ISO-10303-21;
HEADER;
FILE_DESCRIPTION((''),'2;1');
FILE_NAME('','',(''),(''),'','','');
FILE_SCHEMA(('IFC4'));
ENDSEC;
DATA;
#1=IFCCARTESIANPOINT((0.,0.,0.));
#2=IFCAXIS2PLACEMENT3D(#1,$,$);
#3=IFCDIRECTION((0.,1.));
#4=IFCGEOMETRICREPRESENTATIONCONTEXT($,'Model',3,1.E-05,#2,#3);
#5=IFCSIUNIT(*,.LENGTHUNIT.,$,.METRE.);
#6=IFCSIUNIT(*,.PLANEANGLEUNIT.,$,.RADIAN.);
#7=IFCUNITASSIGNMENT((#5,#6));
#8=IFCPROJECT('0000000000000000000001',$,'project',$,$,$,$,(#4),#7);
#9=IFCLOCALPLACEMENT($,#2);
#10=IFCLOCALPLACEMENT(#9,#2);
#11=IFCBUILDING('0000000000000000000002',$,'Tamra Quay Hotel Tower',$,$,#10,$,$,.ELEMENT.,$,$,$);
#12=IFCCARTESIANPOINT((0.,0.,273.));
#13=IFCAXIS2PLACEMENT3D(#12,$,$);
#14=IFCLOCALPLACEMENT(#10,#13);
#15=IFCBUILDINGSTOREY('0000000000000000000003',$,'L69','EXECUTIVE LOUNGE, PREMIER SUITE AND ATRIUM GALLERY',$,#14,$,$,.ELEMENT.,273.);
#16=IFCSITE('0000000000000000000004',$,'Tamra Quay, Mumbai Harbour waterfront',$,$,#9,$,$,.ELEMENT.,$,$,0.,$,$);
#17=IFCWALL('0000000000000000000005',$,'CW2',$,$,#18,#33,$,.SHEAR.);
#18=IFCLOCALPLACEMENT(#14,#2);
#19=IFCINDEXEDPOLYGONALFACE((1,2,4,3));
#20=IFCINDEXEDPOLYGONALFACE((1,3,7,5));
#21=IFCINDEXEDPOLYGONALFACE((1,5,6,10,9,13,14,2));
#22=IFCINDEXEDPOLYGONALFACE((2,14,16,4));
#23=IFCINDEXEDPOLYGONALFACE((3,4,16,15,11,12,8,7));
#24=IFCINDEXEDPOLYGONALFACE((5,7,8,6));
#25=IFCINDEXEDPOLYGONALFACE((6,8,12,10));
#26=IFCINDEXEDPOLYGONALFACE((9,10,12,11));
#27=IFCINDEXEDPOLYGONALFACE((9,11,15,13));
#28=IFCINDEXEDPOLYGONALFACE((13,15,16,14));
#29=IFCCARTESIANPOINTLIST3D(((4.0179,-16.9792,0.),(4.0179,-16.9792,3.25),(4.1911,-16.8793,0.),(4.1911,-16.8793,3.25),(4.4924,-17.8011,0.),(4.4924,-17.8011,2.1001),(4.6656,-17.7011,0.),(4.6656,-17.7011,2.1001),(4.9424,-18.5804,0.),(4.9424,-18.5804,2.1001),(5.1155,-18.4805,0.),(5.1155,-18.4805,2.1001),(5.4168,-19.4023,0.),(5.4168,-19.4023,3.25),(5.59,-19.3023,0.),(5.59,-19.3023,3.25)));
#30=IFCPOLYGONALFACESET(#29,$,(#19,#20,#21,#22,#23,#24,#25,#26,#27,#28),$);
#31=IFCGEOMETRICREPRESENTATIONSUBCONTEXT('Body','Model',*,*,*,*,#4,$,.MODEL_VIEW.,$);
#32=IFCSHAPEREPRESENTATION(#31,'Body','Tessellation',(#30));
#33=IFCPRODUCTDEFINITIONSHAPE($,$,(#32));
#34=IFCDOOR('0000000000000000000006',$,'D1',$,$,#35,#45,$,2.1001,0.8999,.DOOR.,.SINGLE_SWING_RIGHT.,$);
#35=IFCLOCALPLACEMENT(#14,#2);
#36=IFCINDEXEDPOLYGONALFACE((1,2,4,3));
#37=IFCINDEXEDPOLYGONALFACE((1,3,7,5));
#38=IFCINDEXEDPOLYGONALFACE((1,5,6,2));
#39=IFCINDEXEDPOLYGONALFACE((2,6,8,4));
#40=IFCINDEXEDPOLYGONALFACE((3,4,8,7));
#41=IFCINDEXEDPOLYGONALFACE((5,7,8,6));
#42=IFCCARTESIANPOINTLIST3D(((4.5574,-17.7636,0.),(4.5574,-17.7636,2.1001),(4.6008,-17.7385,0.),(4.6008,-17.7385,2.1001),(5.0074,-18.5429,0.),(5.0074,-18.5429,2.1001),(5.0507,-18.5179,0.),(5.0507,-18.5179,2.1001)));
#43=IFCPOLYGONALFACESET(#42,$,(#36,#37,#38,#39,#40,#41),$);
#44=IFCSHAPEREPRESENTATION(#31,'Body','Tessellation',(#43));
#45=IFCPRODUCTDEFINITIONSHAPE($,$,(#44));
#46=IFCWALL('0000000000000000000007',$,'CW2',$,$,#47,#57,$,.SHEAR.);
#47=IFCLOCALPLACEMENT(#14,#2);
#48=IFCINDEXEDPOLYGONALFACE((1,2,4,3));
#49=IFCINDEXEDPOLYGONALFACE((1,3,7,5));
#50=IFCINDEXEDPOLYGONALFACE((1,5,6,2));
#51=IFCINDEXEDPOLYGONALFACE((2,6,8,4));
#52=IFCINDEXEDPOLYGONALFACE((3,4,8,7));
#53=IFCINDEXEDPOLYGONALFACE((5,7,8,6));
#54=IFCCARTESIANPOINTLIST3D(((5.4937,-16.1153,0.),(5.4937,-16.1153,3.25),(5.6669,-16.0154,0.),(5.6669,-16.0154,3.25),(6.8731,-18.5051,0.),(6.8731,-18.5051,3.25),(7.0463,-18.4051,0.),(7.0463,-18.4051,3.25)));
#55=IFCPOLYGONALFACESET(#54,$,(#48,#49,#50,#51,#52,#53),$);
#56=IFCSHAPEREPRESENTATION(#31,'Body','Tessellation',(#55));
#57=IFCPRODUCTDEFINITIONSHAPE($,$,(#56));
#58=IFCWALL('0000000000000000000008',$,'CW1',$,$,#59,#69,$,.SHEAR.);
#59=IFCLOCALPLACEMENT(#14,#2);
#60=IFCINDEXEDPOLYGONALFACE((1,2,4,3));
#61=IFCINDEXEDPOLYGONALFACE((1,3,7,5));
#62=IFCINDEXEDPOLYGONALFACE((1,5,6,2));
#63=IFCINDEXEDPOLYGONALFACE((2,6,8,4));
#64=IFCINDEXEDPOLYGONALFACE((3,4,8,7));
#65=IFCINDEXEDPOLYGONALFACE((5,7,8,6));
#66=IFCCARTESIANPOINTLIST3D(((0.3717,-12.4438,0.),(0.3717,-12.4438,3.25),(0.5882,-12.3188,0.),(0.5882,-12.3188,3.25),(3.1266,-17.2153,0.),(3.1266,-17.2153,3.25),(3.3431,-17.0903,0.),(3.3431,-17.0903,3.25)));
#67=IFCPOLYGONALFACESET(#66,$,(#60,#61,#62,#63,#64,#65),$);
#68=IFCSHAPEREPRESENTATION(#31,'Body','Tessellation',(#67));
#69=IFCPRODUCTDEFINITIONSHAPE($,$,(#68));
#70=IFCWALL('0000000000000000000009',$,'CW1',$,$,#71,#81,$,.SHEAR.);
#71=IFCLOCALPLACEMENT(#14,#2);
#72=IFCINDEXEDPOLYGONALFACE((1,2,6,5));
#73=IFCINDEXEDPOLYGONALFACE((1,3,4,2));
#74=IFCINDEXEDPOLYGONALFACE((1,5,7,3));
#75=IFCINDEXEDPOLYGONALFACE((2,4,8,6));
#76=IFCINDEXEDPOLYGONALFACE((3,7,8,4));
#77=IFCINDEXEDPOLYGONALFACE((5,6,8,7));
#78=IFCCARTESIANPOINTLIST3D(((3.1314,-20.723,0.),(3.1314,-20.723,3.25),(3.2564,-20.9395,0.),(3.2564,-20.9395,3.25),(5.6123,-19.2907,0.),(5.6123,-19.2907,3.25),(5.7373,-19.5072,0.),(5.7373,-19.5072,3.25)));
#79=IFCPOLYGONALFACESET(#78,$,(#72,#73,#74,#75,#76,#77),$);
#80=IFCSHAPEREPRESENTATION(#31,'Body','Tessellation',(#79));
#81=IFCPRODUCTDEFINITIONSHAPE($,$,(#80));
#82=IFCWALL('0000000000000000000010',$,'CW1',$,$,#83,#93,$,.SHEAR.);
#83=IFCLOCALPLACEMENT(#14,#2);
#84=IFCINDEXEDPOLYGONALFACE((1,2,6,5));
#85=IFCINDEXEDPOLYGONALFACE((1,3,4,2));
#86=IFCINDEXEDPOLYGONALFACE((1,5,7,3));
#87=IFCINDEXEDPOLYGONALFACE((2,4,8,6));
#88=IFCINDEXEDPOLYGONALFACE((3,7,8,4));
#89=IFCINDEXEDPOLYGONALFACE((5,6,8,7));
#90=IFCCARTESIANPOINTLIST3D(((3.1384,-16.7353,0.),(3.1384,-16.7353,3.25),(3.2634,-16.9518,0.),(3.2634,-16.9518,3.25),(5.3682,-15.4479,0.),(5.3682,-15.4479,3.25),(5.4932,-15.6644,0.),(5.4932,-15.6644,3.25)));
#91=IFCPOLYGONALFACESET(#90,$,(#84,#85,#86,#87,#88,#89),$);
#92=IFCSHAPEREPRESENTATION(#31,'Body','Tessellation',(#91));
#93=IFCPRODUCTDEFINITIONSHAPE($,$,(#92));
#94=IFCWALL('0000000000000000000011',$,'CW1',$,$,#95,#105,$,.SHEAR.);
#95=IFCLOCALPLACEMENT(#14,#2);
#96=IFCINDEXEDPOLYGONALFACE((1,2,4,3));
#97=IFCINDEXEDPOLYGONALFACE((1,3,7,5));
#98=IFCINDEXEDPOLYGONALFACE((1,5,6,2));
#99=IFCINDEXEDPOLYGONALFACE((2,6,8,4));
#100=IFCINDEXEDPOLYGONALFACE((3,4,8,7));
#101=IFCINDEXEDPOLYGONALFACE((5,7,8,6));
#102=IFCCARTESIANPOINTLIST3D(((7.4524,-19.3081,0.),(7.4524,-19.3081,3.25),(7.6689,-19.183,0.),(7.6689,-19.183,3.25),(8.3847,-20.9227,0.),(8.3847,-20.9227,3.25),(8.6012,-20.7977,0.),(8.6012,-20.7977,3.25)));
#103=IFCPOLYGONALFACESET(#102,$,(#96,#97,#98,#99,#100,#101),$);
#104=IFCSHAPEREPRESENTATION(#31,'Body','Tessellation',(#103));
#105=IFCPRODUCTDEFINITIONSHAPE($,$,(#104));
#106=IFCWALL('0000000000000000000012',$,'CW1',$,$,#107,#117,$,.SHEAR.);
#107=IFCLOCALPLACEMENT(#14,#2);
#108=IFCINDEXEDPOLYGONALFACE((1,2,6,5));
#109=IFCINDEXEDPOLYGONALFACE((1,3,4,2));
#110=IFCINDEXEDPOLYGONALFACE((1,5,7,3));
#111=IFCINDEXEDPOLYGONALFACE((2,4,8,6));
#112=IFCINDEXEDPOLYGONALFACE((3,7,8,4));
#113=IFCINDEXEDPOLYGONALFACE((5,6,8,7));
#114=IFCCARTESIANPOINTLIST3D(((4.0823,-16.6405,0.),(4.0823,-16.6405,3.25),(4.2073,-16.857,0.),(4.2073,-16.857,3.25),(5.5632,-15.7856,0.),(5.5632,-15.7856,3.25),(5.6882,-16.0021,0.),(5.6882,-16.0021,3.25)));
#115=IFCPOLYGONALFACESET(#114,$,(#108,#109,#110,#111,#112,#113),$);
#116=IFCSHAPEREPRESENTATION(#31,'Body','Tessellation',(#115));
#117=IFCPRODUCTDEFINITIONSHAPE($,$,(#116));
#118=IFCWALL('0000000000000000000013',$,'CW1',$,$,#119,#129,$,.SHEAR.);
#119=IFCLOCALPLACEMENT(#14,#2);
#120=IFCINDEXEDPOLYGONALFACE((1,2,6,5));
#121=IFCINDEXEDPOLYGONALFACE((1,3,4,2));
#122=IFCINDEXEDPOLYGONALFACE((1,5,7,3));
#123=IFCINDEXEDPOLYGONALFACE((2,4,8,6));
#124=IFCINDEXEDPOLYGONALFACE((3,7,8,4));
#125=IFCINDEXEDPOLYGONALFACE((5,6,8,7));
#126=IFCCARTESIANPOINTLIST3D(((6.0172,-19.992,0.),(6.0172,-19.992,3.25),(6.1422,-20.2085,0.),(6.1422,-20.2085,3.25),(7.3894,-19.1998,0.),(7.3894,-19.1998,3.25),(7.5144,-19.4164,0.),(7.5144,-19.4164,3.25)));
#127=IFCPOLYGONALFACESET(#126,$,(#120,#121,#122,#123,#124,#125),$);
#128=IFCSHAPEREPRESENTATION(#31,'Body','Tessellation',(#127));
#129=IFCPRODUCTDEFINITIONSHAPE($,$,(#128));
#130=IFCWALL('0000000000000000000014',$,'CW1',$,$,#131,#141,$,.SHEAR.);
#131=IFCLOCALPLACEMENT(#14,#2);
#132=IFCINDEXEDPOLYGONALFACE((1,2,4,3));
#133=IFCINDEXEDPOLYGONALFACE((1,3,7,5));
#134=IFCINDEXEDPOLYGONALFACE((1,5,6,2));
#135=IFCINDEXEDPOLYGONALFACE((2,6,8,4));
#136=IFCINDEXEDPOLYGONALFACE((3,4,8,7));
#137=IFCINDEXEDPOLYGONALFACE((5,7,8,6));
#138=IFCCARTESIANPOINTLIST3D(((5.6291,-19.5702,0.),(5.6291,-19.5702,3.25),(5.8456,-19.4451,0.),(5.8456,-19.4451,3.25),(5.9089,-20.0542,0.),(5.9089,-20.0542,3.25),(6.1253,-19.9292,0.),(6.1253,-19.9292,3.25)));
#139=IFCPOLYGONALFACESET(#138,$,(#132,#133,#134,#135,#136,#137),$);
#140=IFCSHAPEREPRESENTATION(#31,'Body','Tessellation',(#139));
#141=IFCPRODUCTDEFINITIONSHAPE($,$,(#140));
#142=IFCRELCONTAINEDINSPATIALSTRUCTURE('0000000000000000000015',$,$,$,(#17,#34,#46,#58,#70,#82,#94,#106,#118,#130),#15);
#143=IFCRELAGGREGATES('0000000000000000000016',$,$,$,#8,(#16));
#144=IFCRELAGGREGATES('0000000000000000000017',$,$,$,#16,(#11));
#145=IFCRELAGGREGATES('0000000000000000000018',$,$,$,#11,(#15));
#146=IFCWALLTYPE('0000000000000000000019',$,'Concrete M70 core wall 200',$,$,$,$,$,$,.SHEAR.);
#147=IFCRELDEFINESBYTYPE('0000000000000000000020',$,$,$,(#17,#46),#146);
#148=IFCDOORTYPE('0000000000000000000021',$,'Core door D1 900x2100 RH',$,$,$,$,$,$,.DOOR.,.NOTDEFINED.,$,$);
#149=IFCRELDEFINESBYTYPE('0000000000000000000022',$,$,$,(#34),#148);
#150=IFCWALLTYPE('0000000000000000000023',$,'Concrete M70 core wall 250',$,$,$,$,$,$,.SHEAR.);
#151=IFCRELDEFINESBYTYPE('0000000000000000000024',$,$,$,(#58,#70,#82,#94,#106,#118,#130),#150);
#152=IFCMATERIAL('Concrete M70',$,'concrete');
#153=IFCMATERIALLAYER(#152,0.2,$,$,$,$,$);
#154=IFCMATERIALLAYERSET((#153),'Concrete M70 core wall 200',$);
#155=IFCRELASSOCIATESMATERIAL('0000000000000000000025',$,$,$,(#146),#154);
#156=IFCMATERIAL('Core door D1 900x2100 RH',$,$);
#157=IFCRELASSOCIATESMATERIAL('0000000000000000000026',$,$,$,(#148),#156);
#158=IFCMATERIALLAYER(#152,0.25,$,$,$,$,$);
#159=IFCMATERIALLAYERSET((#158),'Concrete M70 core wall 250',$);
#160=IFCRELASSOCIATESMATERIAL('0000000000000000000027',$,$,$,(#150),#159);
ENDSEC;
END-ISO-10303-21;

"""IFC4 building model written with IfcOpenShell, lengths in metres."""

from ifc_helpers import new_model, si_unit, direction, frame, frame_2d, origin, place, context, subcontext, project, spatial, rectangle, extrude, material, layer, layer_set, type_object, element, fill, save


model = new_model("IFC4")

# Units and contexts
model_context = context("Model", 3, precision=1e-05, world=origin(), true_north=direction((0.0, 1.0)))
body_context = subcontext(model_context, "Body", "Model", "MODEL_VIEW")
ifc_project = project(units=[si_unit("LENGTHUNIT", "METRE"), si_unit("PLANEANGLEUNIT", "RADIAN")], contexts=[model_context])

# Site, building, storey
site_placement = place(None, origin())
site = spatial("IfcSite", under=ifc_project, at=site_placement, Name="Tamra Quay, Mumbai Harbour waterfront", CompositionType="ELEMENT", RefElevation=0.0)
building_placement = place(site_placement, origin())
building = spatial("IfcBuilding", under=site, at=building_placement, Name="Tamra Quay Hotel Tower", CompositionType="ELEMENT")
storey_placement = place(building_placement, frame((0.0, 0.0, 273.0)))
storey = spatial("IfcBuildingStorey", under=building, at=storey_placement, Name="L69", Description="EXECUTIVE LOUNGE, PREMIER SUITE AND ATRIUM GALLERY", CompositionType="ELEMENT", Elevation=273.0)

# Shared definitions
ifc_material_1 = material(Name="Concrete M70", Category="concrete")

# Shared definitions
ifc_layer_1 = layer(ifc_material_1, 0.2)
ifc_layer_set_1 = layer_set([ifc_layer_1], Name="Concrete M70 core wall 200")
wall_type_1 = type_object("IfcWallType", Name="Concrete M70 core wall 200", PredefinedType="SHEAR", material=ifc_layer_set_1)

# Wall, opening, door
wall_1_placement = place(storey_placement, frame((5.5034, -19.3523, 0.0), z_axis=(0.0, 0.0, 1.0), x_axis=(-0.499987, 0.866033, 0.0)))
wall_1 = element("IfcWall", 1, at=wall_1_placement, inside=storey, type_object=wall_type_1, Name="CW2", PredefinedType="SHEAR", context=body_context, shape_type="SweptSolid", body=[
    extrude(rectangle(XDim=2.7979, YDim=0.2, at=frame_2d((1.3989, 0.0))), origin(), (0.0, 0.0, 1.0), 3.25),
])
opening_1_placement = place(wall_1_placement, frame((0.949, 0.0, 0.0)))
opening_1 = element("IfcOpeningElement", 2, at=opening_1_placement, cuts=wall_1, PredefinedType="OPENING", context=body_context, shape_type="SweptSolid", body=[
    extrude(rectangle(XDim=0.8999, YDim=2.1001, at=frame_2d((0.45, 1.05))), frame((0.0, 0.1099, 0.0), z_axis=(0.0, -1.0, 0.0), x_axis=(1.0, 0.0, 0.0)), (0.0, 0.0, 1.0), 0.22),
])
ifc_material_2 = material(Name="Core door D1 900x2100 RH")
door_type_1 = type_object("IfcDoorType", Name="Core door D1 900x2100 RH", OperationType="NOTDEFINED", PredefinedType="DOOR", material=ifc_material_2)
door_1_placement = place(opening_1_placement, origin())
door_1 = element("IfcDoor", 3, at=door_1_placement, inside=storey, type_object=door_type_1, Name="D1", OperationType="SINGLE_SWING_RIGHT", OverallHeight=2.1001, OverallWidth=0.8999, PredefinedType="DOOR", context=body_context, shape_type="SweptSolid", body=[
    extrude(rectangle(XDim=0.8999, YDim=2.1001, at=frame_2d((0.45, 1.05))), frame((0.0, 0.0249, 0.0), z_axis=(0.0, -1.0, 0.0), x_axis=(1.0, 0.0, 0.0)), (0.0, 0.0, 1.0), 0.05),
])
fill(opening_1, door_1)

# Walls
wall_2_placement = place(storey_placement, frame((6.9597, -18.4551, 0.0), z_axis=(0.0, 0.0, 1.0), x_axis=(-0.499927, 0.866068, 0.0)))
element("IfcWall", 4, at=wall_2_placement, inside=storey, type_object=wall_type_1, Name="CW2", PredefinedType="SHEAR", context=body_context, shape_type="SweptSolid", body=[
    extrude(rectangle(XDim=2.7593, YDim=0.2, at=frame_2d((1.3796, 0.0))), origin(), (0.0, 0.0, 1.0), 3.25),
])
ifc_layer_2 = layer(ifc_material_1, 0.25)
ifc_layer_set_2 = layer_set([ifc_layer_2], Name="Concrete M70 core wall 250")
wall_type_2 = type_object("IfcWallType", Name="Concrete M70 core wall 250", PredefinedType="SHEAR", material=ifc_layer_set_2)
wall_3_placement = place(storey_placement, frame((3.2349, -17.1528, 0.0), z_axis=(0.0, 0.0, 1.0), x_axis=(-0.500009, 0.86602, 0.0)))
element("IfcWall", 5, at=wall_3_placement, inside=storey, type_object=wall_type_2, Name="CW1", PredefinedType="SHEAR", context=body_context, shape_type="SweptSolid", body=[
    extrude(rectangle(XDim=5.5098, YDim=0.25, at=frame_2d((2.7549, 0.0))), origin(), (0.0, 0.0, 1.0), 3.25),
])
wall_4_placement = place(storey_placement, frame((5.6748, -19.3989, 0.0), z_axis=(0.0, 0.0, 1.0), x_axis=(-0.866027, -0.499998, 0.0)))
element("IfcWall", 6, at=wall_4_placement, inside=storey, type_object=wall_type_2, Name="CW1", PredefinedType="SHEAR", context=body_context, shape_type="SweptSolid", body=[
    extrude(rectangle(XDim=2.8647, YDim=0.25, at=frame_2d((1.4324, 0.0))), origin(), (0.0, 0.0, 1.0), 3.25),
])
wall_5_placement = place(storey_placement, frame((5.4307, -15.5562, 0.0), z_axis=(0.0, 0.0, 1.0), x_axis=(-0.866023, -0.500004, 0.0)))
element("IfcWall", 7, at=wall_5_placement, inside=storey, type_object=wall_type_2, Name="CW1", PredefinedType="SHEAR", context=body_context, shape_type="SweptSolid", body=[
    extrude(rectangle(XDim=2.5747, YDim=0.25, at=frame_2d((1.2874, 0.0))), origin(), (0.0, 0.0, 1.0), 3.25),
])
wall_6_placement = place(storey_placement, frame((8.4929, -20.8601, 0.0), z_axis=(0.0, 0.0, 1.0), x_axis=(-0.50004, 0.866002, 0.0)))
element("IfcWall", 8, at=wall_6_placement, inside=storey, type_object=wall_type_2, Name="CW1", PredefinedType="SHEAR", context=body_context, shape_type="SweptSolid", body=[
    extrude(rectangle(XDim=1.8645, YDim=0.25, at=frame_2d((0.9321, 0.0))), origin(), (0.0, 0.0, 1.0), 3.25),
])
wall_7_placement = place(storey_placement, frame((4.1448, -16.7488, 0.0), z_axis=(0.0, 0.0, 1.0), x_axis=(0.866038, 0.499978, 0.0)))
element("IfcWall", 9, at=wall_7_placement, inside=storey, type_object=wall_type_2, Name="CW1", PredefinedType="SHEAR", context=body_context, shape_type="SweptSolid", body=[
    extrude(rectangle(XDim=1.71, YDim=0.25, at=frame_2d((0.855, 0.0))), origin(), (0.0, 0.0, 1.0), 3.25),
])
wall_8_placement = place(storey_placement, frame((7.4519, -19.3081, 0.0), z_axis=(0.0, 0.0, 1.0), x_axis=(-0.866044, -0.499967, 0.0)))
element("IfcWall", 10, at=wall_8_placement, inside=storey, type_object=wall_type_2, Name="CW1", PredefinedType="SHEAR", context=body_context, shape_type="SweptSolid", body=[
    extrude(rectangle(XDim=1.5845, YDim=0.25, at=frame_2d((0.7922, 0.0))), origin(), (0.0, 0.0, 1.0), 3.25),
])
wall_9_placement = place(storey_placement, frame((6.0171, -19.9917, 0.0), z_axis=(0.0, 0.0, 1.0), x_axis=(-0.500365, 0.865815, 0.0)))
element("IfcWall", 11, at=wall_9_placement, inside=storey, type_object=wall_type_2, Name="CW1", PredefinedType="SHEAR", context=body_context, shape_type="SweptSolid", body=[
    extrude(rectangle(XDim=0.5591, YDim=0.25, at=frame_2d((0.2795, 0.0))), origin(), (0.0, 0.0, 1.0), 3.25),
])

save(model, "model.ifc")
